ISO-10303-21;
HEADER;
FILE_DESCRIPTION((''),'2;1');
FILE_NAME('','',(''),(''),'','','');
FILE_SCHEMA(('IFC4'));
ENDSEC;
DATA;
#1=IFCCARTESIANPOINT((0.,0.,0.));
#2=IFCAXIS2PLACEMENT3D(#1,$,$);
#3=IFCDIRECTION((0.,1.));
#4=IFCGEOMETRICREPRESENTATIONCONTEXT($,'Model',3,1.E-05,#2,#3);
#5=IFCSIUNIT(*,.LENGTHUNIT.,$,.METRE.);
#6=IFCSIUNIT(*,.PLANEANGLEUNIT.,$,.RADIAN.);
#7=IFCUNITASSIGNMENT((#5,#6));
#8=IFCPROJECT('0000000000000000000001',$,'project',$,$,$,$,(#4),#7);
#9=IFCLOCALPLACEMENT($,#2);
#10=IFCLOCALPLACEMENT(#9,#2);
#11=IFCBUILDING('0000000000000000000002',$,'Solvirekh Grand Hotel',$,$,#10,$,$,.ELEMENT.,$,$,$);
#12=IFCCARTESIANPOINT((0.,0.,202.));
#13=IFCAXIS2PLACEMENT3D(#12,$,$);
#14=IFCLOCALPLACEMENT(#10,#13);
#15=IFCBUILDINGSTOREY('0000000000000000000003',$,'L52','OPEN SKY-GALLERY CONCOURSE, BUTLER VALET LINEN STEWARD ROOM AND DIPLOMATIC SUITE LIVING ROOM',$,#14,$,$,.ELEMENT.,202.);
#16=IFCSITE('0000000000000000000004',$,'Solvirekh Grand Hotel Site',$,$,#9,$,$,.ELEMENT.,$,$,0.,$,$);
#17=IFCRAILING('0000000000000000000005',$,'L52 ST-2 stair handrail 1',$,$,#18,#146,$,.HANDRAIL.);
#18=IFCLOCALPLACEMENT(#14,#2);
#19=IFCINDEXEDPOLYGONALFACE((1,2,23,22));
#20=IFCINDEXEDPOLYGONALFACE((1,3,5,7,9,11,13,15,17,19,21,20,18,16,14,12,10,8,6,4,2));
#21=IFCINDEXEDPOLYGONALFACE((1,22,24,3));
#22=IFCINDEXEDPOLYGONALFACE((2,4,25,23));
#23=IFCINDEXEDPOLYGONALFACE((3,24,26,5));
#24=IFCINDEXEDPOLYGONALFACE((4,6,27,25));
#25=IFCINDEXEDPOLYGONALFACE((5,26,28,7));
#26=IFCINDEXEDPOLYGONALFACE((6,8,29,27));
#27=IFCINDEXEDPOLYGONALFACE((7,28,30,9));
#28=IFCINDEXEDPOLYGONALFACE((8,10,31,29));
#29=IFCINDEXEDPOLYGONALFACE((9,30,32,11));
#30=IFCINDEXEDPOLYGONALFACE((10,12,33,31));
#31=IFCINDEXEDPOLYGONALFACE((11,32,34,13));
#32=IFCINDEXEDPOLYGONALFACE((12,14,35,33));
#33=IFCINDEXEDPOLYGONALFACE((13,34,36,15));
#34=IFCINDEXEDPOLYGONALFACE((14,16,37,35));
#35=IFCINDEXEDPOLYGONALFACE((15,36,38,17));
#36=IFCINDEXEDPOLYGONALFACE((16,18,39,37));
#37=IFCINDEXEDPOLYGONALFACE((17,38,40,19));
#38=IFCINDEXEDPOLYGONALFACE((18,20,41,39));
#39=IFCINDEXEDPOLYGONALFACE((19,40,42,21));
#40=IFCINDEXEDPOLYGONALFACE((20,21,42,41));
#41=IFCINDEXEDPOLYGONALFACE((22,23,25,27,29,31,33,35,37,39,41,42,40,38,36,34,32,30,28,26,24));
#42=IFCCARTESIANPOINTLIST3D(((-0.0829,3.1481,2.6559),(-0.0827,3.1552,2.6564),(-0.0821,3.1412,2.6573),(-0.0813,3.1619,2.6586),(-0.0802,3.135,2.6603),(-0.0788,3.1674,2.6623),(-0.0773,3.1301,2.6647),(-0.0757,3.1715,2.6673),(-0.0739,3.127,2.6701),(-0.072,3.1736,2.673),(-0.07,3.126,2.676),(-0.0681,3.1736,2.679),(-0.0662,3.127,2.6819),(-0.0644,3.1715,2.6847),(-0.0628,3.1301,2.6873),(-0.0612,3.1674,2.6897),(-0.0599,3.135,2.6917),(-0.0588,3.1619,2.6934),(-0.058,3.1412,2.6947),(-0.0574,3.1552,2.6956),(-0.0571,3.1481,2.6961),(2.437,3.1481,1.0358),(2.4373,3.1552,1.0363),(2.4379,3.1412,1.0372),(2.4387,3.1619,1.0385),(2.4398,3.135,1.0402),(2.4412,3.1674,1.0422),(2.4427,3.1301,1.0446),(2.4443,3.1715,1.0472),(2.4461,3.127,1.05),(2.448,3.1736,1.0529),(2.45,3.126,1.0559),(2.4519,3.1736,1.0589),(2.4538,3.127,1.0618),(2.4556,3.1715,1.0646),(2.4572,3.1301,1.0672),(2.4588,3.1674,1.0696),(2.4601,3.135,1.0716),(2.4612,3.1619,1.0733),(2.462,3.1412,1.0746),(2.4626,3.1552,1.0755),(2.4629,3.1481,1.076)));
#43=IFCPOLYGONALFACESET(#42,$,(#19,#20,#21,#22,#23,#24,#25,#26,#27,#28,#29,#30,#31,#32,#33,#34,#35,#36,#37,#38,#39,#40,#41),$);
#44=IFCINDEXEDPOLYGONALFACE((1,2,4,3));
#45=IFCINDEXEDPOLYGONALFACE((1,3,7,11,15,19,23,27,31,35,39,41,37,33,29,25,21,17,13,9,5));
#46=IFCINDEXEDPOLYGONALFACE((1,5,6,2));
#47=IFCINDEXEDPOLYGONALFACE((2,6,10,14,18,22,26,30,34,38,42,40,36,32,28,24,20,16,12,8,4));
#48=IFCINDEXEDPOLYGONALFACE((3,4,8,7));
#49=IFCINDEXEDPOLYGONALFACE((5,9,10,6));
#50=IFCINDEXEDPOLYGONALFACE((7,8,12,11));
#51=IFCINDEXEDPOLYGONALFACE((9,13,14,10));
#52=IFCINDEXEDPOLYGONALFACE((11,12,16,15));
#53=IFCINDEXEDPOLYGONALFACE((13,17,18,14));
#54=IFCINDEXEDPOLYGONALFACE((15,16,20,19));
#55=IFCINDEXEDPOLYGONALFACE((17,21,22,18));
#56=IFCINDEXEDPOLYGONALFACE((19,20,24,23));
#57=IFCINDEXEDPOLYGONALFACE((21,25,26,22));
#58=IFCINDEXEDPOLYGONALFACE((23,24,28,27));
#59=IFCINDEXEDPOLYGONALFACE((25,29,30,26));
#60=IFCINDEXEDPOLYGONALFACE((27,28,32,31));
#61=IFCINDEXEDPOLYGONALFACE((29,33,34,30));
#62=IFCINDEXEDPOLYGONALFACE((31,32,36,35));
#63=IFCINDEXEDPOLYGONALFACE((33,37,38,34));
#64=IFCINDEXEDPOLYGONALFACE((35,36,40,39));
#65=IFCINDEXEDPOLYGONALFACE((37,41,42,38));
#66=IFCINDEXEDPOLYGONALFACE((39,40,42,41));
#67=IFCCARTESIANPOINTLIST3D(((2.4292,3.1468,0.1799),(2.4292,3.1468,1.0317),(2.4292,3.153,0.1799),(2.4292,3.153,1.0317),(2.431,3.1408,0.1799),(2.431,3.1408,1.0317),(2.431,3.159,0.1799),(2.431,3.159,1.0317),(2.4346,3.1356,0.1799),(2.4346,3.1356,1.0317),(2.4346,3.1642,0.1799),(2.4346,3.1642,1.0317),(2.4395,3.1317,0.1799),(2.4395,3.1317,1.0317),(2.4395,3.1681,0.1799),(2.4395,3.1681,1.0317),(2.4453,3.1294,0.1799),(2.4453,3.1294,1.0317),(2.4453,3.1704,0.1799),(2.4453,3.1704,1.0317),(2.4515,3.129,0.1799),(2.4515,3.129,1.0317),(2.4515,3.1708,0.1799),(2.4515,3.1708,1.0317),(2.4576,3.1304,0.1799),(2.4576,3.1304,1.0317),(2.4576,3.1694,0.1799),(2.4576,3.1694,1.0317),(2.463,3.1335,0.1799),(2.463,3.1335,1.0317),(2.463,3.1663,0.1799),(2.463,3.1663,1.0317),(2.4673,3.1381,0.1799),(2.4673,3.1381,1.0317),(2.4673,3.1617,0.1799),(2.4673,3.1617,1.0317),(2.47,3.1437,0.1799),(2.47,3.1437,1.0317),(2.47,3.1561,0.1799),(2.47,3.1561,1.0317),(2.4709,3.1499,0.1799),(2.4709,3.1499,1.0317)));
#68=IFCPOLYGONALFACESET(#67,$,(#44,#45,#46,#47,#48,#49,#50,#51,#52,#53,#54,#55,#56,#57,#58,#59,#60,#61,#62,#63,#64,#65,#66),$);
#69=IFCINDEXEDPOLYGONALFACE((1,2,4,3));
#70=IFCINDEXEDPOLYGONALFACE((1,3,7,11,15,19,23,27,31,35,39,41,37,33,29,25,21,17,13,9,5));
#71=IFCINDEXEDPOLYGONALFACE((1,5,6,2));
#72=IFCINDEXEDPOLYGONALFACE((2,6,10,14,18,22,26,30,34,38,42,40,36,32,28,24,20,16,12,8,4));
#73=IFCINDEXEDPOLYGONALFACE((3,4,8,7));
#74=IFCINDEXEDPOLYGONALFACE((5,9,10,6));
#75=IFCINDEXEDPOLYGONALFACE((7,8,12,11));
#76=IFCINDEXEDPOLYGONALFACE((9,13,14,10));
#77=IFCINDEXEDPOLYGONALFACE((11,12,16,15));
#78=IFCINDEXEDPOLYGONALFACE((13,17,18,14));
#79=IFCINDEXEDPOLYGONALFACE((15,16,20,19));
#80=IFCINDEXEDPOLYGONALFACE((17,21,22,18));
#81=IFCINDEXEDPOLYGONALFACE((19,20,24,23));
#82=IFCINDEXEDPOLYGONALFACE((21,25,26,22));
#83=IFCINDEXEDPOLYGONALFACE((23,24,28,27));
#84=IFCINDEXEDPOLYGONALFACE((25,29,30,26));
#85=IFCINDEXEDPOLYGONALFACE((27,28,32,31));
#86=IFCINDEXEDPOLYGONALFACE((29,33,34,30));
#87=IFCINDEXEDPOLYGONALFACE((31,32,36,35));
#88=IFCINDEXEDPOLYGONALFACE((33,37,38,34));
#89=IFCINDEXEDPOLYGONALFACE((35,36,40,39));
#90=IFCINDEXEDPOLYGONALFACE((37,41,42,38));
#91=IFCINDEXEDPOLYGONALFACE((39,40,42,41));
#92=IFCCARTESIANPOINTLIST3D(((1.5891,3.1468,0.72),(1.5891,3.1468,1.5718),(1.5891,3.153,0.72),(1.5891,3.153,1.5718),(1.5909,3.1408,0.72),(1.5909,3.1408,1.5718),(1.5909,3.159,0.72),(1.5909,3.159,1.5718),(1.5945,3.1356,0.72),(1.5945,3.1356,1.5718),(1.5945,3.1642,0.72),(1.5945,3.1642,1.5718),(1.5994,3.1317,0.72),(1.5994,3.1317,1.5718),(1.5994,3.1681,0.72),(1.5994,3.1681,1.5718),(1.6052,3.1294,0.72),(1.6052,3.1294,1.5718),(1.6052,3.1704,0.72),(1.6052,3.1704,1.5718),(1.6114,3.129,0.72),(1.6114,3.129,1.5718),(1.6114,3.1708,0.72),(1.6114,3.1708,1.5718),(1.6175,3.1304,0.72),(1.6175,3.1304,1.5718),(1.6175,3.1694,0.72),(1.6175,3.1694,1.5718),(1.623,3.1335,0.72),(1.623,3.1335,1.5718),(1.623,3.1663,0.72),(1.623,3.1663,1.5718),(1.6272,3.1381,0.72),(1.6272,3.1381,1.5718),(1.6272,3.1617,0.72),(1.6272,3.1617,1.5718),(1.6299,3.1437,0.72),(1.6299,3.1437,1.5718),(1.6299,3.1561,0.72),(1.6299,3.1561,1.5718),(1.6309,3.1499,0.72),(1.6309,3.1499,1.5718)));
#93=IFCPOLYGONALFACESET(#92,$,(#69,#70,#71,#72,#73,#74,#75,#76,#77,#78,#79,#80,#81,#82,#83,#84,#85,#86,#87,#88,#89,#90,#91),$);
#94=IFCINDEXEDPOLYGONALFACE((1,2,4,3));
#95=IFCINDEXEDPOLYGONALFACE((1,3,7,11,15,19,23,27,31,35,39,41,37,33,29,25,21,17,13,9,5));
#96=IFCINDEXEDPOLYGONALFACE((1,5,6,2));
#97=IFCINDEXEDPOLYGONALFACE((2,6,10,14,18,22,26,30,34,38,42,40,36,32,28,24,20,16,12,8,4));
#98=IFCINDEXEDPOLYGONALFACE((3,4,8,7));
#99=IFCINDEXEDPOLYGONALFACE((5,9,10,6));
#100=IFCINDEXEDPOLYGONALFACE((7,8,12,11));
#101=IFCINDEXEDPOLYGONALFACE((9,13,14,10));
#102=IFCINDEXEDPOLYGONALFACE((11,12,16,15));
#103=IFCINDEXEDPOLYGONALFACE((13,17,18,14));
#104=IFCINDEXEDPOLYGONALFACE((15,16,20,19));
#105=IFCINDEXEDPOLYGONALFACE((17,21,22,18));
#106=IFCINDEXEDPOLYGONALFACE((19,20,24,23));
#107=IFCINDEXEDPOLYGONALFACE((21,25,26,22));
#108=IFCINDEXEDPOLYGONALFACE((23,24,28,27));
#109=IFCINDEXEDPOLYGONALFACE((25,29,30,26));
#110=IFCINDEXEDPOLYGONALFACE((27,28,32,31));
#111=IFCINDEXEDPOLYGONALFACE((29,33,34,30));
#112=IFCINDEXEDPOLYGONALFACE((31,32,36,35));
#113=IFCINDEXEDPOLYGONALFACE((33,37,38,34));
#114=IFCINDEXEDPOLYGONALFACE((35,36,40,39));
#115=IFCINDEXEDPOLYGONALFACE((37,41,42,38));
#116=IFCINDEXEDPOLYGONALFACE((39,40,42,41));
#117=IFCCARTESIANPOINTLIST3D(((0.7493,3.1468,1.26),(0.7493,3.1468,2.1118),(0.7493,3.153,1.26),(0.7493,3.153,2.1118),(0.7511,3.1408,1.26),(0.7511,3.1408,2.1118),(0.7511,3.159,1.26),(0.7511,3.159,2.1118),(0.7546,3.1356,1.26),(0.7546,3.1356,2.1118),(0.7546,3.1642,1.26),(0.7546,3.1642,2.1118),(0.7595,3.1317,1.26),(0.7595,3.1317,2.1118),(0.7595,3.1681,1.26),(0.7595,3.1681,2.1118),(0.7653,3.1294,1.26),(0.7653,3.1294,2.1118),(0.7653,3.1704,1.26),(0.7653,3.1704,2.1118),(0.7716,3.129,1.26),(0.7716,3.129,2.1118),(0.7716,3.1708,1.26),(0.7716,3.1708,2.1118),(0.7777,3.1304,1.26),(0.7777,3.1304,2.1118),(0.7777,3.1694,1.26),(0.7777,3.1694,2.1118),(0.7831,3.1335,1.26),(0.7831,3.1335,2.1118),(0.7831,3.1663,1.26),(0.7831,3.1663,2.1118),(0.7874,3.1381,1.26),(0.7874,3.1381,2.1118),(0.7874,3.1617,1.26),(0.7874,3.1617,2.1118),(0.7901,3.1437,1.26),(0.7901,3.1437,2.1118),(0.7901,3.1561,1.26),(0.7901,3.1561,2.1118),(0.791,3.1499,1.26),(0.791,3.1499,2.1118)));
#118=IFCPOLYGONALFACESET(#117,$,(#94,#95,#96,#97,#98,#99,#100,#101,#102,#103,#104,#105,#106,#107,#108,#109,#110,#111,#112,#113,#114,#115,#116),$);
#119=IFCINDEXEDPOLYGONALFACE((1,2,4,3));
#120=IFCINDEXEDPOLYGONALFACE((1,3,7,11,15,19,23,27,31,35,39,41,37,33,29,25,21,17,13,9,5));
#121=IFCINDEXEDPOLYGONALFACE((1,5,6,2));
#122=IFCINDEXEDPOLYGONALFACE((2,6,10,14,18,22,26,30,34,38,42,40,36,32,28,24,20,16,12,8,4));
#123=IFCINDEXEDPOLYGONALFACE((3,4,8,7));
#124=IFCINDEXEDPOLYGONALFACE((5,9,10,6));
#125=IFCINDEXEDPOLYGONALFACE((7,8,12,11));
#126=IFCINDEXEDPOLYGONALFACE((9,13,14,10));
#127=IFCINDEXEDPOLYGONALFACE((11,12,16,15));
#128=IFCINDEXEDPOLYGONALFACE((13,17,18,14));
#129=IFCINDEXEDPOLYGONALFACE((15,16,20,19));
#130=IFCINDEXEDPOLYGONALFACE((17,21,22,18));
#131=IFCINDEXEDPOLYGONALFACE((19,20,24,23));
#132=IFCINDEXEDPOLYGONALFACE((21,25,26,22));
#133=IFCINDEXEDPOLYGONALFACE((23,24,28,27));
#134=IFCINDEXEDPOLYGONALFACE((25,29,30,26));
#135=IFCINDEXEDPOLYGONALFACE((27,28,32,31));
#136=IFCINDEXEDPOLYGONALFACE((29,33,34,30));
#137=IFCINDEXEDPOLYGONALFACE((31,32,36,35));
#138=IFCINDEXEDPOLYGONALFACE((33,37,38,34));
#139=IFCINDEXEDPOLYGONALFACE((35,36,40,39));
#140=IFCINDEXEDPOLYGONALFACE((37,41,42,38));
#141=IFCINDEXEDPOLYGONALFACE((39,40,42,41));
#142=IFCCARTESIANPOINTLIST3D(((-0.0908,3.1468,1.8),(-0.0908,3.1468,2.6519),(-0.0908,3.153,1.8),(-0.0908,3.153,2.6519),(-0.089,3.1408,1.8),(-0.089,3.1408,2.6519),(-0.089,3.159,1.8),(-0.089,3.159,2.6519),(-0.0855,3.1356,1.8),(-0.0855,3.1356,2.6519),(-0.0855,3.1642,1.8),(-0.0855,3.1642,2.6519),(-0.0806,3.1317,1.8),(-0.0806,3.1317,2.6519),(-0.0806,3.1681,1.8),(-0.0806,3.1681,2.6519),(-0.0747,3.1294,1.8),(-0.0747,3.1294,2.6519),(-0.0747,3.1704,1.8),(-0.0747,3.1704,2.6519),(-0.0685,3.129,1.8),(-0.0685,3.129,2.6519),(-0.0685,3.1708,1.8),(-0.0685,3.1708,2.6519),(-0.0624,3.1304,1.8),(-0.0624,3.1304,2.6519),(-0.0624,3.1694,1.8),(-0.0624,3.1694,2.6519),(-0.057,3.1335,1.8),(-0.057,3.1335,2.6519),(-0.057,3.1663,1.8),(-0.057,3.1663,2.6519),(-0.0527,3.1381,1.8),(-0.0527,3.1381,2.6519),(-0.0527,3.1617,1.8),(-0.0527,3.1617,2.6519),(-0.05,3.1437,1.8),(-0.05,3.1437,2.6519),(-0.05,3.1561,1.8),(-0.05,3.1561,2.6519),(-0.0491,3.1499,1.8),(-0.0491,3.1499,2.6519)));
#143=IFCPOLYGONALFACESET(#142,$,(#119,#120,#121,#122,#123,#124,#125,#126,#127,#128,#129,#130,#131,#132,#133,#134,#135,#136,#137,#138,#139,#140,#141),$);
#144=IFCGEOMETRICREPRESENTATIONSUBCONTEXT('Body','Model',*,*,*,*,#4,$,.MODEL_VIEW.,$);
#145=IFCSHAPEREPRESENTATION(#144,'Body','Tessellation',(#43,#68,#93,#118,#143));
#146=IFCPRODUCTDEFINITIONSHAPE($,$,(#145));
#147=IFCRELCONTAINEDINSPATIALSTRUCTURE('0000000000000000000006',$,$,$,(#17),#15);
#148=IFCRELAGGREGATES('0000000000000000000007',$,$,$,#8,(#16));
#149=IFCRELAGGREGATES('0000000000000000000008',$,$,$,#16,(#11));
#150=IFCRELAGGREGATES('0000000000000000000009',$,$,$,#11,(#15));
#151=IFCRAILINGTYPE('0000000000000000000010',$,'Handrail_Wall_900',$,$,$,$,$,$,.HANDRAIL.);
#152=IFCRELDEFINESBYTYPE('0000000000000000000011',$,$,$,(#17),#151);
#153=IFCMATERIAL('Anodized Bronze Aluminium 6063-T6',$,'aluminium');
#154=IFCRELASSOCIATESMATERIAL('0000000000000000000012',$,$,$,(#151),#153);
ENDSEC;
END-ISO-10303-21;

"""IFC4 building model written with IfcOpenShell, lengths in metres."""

from ifc_helpers import new_model, si_unit, direction, frame, origin, origin_2d, place, context, subcontext, project, spatial, circle, extrude, material, type_object, element, save


model = new_model("IFC4")

# Units and contexts
model_context = context("Model", 3, precision=1e-05, world=origin(), true_north=direction((0.0, 1.0)))
body_context = subcontext(model_context, "Body", "Model", "MODEL_VIEW")
ifc_project = project(units=[si_unit("LENGTHUNIT", "METRE"), si_unit("PLANEANGLEUNIT", "RADIAN")], contexts=[model_context])

# Site, building, storey
site_placement = place(None, origin())
site = spatial("IfcSite", under=ifc_project, at=site_placement, Name="Solvirekh Grand Hotel Site", CompositionType="ELEMENT", RefElevation=0.0)
building_placement = place(site_placement, origin())
building = spatial("IfcBuilding", under=site, at=building_placement, Name="Solvirekh Grand Hotel", CompositionType="ELEMENT")
storey_placement = place(building_placement, frame((0.0, 0.0, 202.0)))
storey = spatial("IfcBuildingStorey", under=building, at=storey_placement, Name="L52", Description="OPEN SKY-GALLERY CONCOURSE, BUTLER VALET LINEN STEWARD ROOM AND DIPLOMATIC SUITE LIVING ROOM", CompositionType="ELEMENT", Elevation=202.0)

# Shared definitions
ifc_material_1 = material(Name="Anodized Bronze Aluminium 6063-T6", Category="aluminium")

# Railing
railing_type_1 = type_object("IfcRailingType", Name="Handrail_Wall_900", PredefinedType="HANDRAIL", material=ifc_material_1)
railing_1_placement = place(storey_placement, frame((2.45, 3.1499, 0.1799)))
element("IfcRailing", 1, at=railing_1_placement, inside=storey, type_object=railing_type_1, Name="L52 ST-2 stair handrail 1", PredefinedType="HANDRAIL", context=body_context, shape_type="SweptSolid", body=[
    extrude(circle(Radius=0.0239, at=origin_2d()), frame((0.0, 0.0, 0.876), z_axis=(-0.841163, 0.0, 0.540782), x_axis=(0.0, -1.0, 0.0)), (0.0, 0.0, 1.0), 2.9958),
    extrude(circle(Radius=0.021, at=origin_2d()), origin(), (0.0, 0.0, 1.0), 0.8518),
    extrude(circle(Radius=0.021, at=origin_2d()), frame((-0.8401, 0.0, 0.54)), (0.0, 0.0, 1.0), 0.8518),
    extrude(circle(Radius=0.021, at=origin_2d()), frame((-1.6799, 0.0, 1.0801)), (0.0, 0.0, 1.0), 0.8518),
    extrude(circle(Radius=0.021, at=origin_2d()), frame((-2.52, 0.0, 1.6201)), (0.0, 0.0, 1.0), 0.8518),
])

save(model, "model.ifc")
